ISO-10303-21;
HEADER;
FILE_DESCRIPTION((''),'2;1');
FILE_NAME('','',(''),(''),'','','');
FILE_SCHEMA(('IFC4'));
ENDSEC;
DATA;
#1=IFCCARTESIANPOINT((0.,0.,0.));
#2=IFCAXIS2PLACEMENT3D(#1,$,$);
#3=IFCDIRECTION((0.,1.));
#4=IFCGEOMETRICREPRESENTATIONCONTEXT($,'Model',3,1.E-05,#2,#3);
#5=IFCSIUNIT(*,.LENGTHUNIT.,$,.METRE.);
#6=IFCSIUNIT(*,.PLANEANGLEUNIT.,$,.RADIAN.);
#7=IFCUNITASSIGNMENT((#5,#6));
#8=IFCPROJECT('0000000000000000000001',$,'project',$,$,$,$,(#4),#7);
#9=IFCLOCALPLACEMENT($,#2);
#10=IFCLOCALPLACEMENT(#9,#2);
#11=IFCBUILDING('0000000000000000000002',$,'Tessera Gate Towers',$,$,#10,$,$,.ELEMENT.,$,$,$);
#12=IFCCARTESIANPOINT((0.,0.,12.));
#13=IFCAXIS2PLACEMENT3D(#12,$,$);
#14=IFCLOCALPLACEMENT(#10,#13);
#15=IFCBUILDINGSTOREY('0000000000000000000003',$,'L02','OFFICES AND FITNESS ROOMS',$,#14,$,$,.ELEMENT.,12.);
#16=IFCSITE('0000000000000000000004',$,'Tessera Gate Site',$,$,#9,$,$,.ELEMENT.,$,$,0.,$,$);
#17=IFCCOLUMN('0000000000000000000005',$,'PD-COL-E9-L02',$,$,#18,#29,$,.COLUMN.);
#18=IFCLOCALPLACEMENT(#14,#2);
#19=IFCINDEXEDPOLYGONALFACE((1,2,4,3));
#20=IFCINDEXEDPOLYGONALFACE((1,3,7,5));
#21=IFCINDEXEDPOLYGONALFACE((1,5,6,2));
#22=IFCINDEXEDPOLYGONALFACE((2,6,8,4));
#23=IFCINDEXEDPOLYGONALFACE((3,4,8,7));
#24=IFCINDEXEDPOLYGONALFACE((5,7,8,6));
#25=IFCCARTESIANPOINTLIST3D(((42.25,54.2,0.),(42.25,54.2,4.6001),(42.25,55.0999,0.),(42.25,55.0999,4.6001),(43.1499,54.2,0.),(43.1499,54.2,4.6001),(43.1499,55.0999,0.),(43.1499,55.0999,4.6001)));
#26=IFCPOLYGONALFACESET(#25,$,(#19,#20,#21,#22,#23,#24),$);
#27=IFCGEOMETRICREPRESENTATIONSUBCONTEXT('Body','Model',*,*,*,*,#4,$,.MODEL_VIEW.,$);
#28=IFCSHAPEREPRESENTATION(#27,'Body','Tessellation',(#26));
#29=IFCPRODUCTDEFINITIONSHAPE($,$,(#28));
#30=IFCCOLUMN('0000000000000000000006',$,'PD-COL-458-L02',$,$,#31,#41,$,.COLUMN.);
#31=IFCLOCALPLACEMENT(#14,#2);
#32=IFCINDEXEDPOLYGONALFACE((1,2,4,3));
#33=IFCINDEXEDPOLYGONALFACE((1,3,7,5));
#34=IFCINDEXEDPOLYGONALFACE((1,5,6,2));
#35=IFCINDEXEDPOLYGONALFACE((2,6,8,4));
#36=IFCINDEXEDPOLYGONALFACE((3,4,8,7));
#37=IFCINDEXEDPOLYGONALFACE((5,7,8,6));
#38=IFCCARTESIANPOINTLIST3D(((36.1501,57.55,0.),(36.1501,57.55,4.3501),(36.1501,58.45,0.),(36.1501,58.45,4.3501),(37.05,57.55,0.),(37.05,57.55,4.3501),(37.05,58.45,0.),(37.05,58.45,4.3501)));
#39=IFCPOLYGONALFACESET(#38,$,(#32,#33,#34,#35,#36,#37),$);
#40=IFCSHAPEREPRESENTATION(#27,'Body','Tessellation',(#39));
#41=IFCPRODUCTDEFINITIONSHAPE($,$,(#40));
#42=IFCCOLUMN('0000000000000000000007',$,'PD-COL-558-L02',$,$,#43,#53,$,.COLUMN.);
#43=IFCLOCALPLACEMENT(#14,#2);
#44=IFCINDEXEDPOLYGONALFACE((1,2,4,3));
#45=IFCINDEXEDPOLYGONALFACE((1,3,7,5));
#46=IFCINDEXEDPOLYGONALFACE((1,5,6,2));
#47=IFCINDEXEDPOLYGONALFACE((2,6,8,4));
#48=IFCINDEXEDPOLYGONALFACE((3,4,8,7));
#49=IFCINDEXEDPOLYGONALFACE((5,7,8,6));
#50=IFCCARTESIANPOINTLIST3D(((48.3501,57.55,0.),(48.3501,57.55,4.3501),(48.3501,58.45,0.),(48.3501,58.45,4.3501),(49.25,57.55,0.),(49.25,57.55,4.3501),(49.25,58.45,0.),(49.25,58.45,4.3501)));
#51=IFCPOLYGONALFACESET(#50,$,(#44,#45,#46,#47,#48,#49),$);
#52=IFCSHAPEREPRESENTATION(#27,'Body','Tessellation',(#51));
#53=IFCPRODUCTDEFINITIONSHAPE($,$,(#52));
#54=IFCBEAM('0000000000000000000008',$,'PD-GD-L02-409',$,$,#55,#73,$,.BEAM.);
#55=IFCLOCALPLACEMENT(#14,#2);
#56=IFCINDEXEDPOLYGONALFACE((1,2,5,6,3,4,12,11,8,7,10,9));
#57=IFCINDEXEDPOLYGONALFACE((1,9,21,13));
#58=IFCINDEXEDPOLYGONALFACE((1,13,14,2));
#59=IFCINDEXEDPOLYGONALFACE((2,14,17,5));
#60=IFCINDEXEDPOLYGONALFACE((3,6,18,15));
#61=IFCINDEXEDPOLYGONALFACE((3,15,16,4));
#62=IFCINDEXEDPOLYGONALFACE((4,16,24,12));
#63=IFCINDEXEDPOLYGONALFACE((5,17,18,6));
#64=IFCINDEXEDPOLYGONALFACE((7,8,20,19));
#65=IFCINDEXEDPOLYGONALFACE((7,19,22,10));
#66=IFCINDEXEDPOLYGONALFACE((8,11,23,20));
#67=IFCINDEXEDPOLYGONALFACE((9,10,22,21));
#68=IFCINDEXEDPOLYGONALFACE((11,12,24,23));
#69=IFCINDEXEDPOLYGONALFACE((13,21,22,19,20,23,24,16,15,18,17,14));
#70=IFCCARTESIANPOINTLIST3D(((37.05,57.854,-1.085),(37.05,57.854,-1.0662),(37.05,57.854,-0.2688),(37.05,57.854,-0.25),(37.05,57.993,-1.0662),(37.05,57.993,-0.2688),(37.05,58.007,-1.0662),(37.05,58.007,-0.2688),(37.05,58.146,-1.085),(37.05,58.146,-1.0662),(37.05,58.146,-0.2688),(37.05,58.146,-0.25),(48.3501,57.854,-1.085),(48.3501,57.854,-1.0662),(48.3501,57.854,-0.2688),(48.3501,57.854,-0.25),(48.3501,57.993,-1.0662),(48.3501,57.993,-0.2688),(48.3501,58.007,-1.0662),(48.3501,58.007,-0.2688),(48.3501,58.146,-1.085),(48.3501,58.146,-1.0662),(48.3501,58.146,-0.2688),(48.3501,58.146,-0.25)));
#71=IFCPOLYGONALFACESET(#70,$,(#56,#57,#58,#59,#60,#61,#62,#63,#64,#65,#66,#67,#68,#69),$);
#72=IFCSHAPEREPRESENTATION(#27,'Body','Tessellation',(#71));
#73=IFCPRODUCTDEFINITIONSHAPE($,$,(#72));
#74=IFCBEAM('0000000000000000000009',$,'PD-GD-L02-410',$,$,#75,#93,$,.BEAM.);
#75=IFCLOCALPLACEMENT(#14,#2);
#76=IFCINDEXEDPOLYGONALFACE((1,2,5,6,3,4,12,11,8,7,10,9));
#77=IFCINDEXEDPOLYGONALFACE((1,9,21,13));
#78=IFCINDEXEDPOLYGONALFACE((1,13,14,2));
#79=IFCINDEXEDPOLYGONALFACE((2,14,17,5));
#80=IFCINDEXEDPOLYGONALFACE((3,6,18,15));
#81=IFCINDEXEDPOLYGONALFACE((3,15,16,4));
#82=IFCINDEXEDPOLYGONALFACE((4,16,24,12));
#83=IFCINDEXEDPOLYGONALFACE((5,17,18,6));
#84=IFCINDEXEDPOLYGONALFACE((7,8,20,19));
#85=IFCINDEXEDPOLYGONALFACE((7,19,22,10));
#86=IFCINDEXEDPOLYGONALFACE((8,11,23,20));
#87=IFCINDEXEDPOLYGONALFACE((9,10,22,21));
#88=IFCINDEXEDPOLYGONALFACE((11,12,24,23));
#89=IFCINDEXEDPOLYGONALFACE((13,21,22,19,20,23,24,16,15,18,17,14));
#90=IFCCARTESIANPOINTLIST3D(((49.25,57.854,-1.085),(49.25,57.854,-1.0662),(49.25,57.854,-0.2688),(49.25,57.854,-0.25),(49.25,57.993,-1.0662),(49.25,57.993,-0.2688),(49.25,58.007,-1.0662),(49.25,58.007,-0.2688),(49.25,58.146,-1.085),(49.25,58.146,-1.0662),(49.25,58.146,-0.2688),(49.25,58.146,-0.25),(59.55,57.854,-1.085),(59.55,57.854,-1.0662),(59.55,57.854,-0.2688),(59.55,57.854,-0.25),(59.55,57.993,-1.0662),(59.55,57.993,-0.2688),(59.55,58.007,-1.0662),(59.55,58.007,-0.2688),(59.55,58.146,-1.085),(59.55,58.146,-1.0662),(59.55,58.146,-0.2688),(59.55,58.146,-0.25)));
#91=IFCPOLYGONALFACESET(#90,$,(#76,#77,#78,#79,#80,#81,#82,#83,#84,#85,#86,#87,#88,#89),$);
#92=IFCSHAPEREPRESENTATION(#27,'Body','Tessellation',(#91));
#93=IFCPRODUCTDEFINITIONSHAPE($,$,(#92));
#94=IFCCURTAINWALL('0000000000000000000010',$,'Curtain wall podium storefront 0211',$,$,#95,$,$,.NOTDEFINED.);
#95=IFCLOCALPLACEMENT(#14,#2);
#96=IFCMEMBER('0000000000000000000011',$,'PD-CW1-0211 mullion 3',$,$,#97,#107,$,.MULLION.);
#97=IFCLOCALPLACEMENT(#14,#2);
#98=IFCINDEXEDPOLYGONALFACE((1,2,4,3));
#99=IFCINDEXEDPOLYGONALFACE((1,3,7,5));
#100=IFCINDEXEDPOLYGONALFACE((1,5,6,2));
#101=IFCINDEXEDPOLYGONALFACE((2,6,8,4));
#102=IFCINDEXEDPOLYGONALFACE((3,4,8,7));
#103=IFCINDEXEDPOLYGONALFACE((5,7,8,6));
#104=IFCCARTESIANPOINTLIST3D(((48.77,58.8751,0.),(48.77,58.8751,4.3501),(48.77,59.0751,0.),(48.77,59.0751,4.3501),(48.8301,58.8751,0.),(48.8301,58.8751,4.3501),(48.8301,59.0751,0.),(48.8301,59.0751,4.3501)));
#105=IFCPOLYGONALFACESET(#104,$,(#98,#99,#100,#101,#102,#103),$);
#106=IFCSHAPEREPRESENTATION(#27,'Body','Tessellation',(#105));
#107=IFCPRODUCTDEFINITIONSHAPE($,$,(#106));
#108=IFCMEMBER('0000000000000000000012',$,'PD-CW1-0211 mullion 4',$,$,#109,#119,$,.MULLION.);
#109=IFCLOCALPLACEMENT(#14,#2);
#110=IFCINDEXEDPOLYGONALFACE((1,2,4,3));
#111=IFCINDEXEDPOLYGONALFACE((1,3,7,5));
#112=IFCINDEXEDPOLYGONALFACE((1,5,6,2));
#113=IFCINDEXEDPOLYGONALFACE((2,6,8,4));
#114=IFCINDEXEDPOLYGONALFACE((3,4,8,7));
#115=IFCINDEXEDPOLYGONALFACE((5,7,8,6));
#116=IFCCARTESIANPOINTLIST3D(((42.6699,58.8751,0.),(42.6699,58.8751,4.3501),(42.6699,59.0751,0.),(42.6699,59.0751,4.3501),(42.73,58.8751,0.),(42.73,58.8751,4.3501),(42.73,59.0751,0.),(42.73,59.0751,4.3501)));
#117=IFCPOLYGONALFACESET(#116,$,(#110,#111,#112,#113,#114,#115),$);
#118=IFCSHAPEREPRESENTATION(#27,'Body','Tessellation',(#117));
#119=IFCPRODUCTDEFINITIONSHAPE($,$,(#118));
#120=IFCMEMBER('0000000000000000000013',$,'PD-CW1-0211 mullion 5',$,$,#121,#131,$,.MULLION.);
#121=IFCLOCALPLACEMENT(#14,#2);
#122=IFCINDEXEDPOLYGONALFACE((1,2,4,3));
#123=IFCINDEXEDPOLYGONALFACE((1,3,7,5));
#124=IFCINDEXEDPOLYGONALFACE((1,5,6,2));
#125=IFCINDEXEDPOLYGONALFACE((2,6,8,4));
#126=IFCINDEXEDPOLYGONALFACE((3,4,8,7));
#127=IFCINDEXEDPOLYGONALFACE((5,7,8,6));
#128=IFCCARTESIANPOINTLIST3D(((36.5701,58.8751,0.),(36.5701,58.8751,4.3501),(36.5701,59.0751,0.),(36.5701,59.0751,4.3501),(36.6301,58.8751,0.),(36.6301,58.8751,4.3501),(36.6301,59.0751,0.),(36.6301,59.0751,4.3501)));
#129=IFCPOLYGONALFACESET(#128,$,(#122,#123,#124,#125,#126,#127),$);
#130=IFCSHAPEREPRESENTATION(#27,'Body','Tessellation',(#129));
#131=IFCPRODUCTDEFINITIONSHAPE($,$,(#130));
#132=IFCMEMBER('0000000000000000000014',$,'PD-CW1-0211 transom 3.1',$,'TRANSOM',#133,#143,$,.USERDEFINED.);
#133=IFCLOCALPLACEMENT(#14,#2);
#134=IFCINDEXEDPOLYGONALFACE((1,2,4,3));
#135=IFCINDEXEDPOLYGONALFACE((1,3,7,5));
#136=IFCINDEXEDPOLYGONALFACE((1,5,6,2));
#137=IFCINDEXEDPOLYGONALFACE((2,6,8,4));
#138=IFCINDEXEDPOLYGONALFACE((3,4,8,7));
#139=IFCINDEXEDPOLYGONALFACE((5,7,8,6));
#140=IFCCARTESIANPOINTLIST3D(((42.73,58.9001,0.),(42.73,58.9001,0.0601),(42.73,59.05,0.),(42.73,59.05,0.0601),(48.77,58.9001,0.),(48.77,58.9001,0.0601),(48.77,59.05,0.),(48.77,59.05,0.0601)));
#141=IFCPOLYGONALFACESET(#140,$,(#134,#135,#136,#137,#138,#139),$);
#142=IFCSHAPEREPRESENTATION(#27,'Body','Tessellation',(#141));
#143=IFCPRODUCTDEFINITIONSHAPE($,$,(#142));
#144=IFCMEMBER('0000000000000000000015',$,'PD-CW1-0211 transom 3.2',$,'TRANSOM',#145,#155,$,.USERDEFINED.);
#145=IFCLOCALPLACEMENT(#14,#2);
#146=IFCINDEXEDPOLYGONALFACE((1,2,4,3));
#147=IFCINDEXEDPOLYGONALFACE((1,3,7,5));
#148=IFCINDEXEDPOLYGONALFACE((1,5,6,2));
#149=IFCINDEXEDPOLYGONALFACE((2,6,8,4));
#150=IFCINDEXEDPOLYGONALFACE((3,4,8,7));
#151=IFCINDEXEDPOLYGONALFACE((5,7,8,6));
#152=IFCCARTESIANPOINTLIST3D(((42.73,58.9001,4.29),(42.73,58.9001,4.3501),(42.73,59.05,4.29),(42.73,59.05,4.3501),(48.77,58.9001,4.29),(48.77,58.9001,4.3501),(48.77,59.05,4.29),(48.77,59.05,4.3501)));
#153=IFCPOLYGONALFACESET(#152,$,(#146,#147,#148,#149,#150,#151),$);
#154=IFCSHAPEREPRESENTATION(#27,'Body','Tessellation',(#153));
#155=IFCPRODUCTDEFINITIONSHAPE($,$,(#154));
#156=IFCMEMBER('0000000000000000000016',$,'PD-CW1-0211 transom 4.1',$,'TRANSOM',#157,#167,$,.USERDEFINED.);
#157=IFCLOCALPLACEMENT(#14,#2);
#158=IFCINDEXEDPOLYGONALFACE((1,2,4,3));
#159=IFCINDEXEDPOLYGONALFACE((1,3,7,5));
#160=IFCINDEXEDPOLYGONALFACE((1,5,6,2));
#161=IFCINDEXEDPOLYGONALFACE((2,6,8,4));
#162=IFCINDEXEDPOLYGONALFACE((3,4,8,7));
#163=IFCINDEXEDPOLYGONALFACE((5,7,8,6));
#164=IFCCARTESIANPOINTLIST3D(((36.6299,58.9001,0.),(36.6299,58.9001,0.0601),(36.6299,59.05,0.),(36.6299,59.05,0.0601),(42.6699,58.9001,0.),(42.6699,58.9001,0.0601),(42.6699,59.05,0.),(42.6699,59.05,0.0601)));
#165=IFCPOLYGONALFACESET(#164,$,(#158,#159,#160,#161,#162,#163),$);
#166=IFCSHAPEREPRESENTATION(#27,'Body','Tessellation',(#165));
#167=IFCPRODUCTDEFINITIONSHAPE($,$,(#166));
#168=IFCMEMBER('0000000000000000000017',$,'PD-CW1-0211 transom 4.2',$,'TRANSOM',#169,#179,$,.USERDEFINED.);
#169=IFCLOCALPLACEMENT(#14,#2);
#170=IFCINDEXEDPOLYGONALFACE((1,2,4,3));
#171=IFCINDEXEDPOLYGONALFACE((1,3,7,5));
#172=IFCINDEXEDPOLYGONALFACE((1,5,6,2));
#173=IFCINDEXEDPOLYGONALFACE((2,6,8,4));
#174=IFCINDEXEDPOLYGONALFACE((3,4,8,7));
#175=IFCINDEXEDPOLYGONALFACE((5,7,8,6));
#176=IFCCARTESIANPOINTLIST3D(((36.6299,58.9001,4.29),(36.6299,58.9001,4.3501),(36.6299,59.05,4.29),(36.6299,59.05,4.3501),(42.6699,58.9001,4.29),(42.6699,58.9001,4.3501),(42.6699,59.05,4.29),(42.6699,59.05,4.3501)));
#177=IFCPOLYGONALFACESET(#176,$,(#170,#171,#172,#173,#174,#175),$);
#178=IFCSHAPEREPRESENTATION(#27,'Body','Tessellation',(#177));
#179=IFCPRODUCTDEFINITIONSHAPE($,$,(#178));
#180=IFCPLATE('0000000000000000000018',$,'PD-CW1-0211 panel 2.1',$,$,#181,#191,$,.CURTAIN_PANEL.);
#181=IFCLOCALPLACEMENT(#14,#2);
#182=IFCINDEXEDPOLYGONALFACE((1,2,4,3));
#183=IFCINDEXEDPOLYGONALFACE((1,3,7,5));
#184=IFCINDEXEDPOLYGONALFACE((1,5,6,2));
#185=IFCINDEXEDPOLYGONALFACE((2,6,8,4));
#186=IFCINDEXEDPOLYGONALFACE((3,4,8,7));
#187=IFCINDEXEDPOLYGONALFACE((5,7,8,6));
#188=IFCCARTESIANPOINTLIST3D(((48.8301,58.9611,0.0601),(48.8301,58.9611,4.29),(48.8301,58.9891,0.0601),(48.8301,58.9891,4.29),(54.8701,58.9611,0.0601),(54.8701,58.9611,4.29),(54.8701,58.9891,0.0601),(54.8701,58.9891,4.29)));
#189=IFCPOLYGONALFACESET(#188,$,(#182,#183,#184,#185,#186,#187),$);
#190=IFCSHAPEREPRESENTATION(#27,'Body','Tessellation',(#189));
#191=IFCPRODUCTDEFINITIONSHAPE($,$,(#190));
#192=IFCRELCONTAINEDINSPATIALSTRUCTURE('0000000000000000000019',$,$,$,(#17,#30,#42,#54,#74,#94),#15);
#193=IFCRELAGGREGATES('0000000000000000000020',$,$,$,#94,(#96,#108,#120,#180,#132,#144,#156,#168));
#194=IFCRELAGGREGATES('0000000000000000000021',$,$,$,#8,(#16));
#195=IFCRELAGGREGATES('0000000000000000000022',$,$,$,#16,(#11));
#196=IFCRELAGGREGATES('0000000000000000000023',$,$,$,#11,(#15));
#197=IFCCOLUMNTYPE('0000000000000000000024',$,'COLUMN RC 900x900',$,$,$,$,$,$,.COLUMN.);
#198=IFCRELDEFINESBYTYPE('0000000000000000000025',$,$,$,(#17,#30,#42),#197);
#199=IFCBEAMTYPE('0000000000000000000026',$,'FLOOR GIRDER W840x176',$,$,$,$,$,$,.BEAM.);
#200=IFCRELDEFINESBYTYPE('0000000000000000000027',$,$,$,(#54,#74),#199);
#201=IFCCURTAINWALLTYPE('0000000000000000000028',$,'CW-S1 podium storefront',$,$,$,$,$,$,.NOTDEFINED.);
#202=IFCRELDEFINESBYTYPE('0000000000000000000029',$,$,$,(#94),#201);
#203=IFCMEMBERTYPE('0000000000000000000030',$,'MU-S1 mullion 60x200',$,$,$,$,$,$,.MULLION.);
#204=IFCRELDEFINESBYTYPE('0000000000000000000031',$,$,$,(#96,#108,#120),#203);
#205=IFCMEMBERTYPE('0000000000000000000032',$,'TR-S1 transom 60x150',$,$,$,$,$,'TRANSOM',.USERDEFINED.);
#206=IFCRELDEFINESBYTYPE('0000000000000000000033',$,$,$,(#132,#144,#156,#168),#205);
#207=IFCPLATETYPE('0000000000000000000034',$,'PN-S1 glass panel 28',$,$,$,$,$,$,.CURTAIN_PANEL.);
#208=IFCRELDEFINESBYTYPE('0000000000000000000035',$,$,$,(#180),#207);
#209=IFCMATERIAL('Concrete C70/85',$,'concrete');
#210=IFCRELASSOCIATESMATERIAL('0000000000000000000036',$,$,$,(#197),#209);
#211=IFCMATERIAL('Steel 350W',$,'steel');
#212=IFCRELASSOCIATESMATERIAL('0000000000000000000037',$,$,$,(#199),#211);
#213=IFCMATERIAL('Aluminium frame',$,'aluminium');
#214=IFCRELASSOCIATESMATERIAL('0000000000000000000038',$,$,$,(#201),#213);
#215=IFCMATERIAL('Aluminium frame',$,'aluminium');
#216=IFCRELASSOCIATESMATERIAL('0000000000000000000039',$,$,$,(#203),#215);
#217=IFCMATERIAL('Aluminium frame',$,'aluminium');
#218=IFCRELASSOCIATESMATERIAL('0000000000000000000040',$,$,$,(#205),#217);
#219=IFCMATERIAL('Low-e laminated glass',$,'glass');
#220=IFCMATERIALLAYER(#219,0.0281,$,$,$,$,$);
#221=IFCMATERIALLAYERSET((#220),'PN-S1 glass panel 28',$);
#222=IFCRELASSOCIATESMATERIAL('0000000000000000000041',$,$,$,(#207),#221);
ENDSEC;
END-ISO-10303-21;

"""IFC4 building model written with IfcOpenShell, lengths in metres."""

from ifc_helpers import new_model, si_unit, direction, frame, origin, origin_2d, place, context, subcontext, project, spatial, rectangle, i_section, extrude, material, layer, layer_set, material_profile, profile_set, type_object, element, aggregate, save


model = new_model("IFC4")

# Units and contexts
model_context = context("Model", 3, precision=1e-05, world=origin(), true_north=direction((0.0, 1.0)))
body_context = subcontext(model_context, "Body", "Model", "MODEL_VIEW")
ifc_project = project(units=[si_unit("LENGTHUNIT", "METRE"), si_unit("PLANEANGLEUNIT", "RADIAN")], contexts=[model_context])

# Site, building, storey
site_placement = place(None, origin())
site = spatial("IfcSite", under=ifc_project, at=site_placement, Name="Tessera Gate Site", CompositionType="ELEMENT", RefElevation=0.0)
building_placement = place(site_placement, origin())
building = spatial("IfcBuilding", under=site, at=building_placement, Name="Tessera Gate Towers", CompositionType="ELEMENT")
storey_placement = place(building_placement, frame((0.0, 0.0, 12.0)))
storey = spatial("IfcBuildingStorey", under=building, at=storey_placement, Name="L02", Description="OFFICES AND FITNESS ROOMS", CompositionType="ELEMENT", Elevation=12.0)

# Columns
ifc_material_1 = material(Name="Concrete C70/85", Category="concrete")
ifc_material_profile_1 = material_profile(ifc_material_1, rectangle(XDim=0.8999, YDim=0.8999, at=origin_2d()), Name="RC 900x900")
ifc_profile_set_1 = profile_set([ifc_material_profile_1], Name="Concrete C70/85")
column_type = type_object("IfcColumnType", Name="COLUMN RC 900x900", PredefinedType="COLUMN", material=ifc_profile_set_1)
column_placement = place(storey_placement, frame((42.7, 54.6499, 0.0), z_axis=(0.0, 0.0, 1.0), x_axis=(1.0, 0.0, 0.0)))
element("IfcColumn", 1, at=column_placement, inside=storey, type_object=column_type, Name="PD-COL-E9-L02", PredefinedType="COLUMN", context=body_context, shape_type="SweptSolid", body=[
    extrude(rectangle(XDim=0.8999, YDim=0.8999, at=origin_2d()), origin(), (0.0, 0.0, 1.0), 4.6001),
])
for number, where, z_axis, x_axis, name in (
    (2, (36.6001, 58.0, 0.0), (0.0, 0.0, 1.0), (1.0, 0.0, 0.0), "PD-COL-458-L02"),
    (3, (48.8, 58.0, 0.0), (0.0, 0.0, 1.0), (1.0, 0.0, 0.0), "PD-COL-558-L02"),
):
    element("IfcColumn", number, at=place(storey_placement, frame(where, z_axis=z_axis, x_axis=x_axis)), inside=storey, type_object=column_type, Name=name, PredefinedType="COLUMN", context=body_context, shape_type="SweptSolid", body=[
        extrude(rectangle(XDim=0.8999, YDim=0.8999, at=origin_2d()), origin(), (0.0, 0.0, 1.0), 4.3501),
    ])

# Beams
ifc_material_2 = material(Name="Steel 350W", Category="steel")
ifc_material_profile_2 = material_profile(ifc_material_2, i_section(OverallWidth=0.292, OverallDepth=0.835, WebThickness=0.0139, FlangeThickness=0.0188, at=origin_2d()), Name="W840x176")
ifc_profile_set_2 = profile_set([ifc_material_profile_2], Name="Steel 350W")
beam_type = type_object("IfcBeamType", Name="FLOOR GIRDER W840x176", PredefinedType="BEAM", material=ifc_profile_set_2)
beam_1_placement = place(storey_placement, frame((37.05, 58.0, -0.6675), z_axis=(1.0, 0.0, 0.0), x_axis=(0.0, 1.0, 0.0)))
element("IfcBeam", 4, at=beam_1_placement, inside=storey, type_object=beam_type, Name="PD-GD-L02-409", PredefinedType="BEAM", context=body_context, shape_type="SweptSolid", body=[
    extrude(i_section(OverallWidth=0.292, OverallDepth=0.835, WebThickness=0.0139, FlangeThickness=0.0188, at=origin_2d()), origin(), (0.0, 0.0, 1.0), 11.3),
])
beam_2_placement = place(storey_placement, frame((49.25, 58.0, -0.6675), z_axis=(1.0, 0.0, 0.0), x_axis=(0.0, 1.0, 0.0)))
element("IfcBeam", 5, at=beam_2_placement, inside=storey, type_object=beam_type, Name="PD-GD-L02-410", PredefinedType="BEAM", context=body_context, shape_type="SweptSolid", body=[
    extrude(i_section(OverallWidth=0.292, OverallDepth=0.835, WebThickness=0.0139, FlangeThickness=0.0188, at=origin_2d()), origin(), (0.0, 0.0, 1.0), 10.3),
])

# Curtain wall, members, plate
ifc_material_3 = material(Name="Aluminium frame", Category="aluminium")
curtain_wall_type = type_object("IfcCurtainWallType", Name="CW-S1 podium storefront", PredefinedType="NOTDEFINED", material=ifc_material_3)
curtain_wall_placement = place(storey_placement, origin())
curtain_wall = element("IfcCurtainWall", 6, at=curtain_wall_placement, inside=storey, type_object=curtain_wall_type, Name="Curtain wall podium storefront 0211", PredefinedType="NOTDEFINED")
ifc_material_4 = material(Name="Aluminium frame", Category="aluminium")
ifc_material_profile_3 = material_profile(ifc_material_4, rectangle(XDim=0.0601, YDim=0.2, at=origin_2d()), Name="AL 60x200")
ifc_profile_set_3 = profile_set([ifc_material_profile_3], Name="Aluminium frame")
member_type_1 = type_object("IfcMemberType", Name="MU-S1 mullion 60x200", PredefinedType="MULLION", material=ifc_profile_set_3)
member_1_placement = place(storey_placement, frame((48.8, 58.9751, 0.0), z_axis=(0.0, 0.0, 1.0), x_axis=(-1.0, 0.0, 0.0)))
member_1 = element("IfcMember", 7, at=member_1_placement, type_object=member_type_1, Name="PD-CW1-0211 mullion 3", PredefinedType="MULLION", context=body_context, shape_type="SweptSolid", body=[
    extrude(rectangle(XDim=0.0601, YDim=0.2, at=origin_2d()), origin(), (0.0, 0.0, 1.0), 4.3501),
])
member_2_placement = place(storey_placement, frame((42.7, 58.9751, 0.0), z_axis=(0.0, 0.0, 1.0), x_axis=(-1.0, 0.0, 0.0)))
member_2 = element("IfcMember", 8, at=member_2_placement, type_object=member_type_1, Name="PD-CW1-0211 mullion 4", PredefinedType="MULLION", context=body_context, shape_type="SweptSolid", body=[
    extrude(rectangle(XDim=0.0601, YDim=0.2, at=origin_2d()), origin(), (0.0, 0.0, 1.0), 4.3501),
])
member_3_placement = place(storey_placement, frame((36.6001, 58.9751, 0.0), z_axis=(0.0, 0.0, 1.0), x_axis=(-1.0, 0.0, 0.0)))
member_3 = element("IfcMember", 9, at=member_3_placement, type_object=member_type_1, Name="PD-CW1-0211 mullion 5", PredefinedType="MULLION", context=body_context, shape_type="SweptSolid", body=[
    extrude(rectangle(XDim=0.0601, YDim=0.2, at=origin_2d()), origin(), (0.0, 0.0, 1.0), 4.3501),
])
ifc_material_5 = material(Name="Aluminium frame", Category="aluminium")
ifc_material_profile_4 = material_profile(ifc_material_5, rectangle(XDim=0.1499, YDim=0.0601, at=origin_2d()), Name="AL 60x150")
ifc_profile_set_4 = profile_set([ifc_material_profile_4], Name="Aluminium frame")
member_type_2 = type_object("IfcMemberType", Name="TR-S1 transom 60x150", ElementType="TRANSOM", PredefinedType="USERDEFINED", material=ifc_profile_set_4)
member_4_placement = place(storey_placement, frame((48.77, 58.9751, 0.03), z_axis=(-1.0, 0.0, 0.0), x_axis=(0.0, -1.0, 0.0)))
member_4 = element("IfcMember", 10, at=member_4_placement, type_object=member_type_2, Name="PD-CW1-0211 transom 3.1", ObjectType="TRANSOM", PredefinedType="USERDEFINED", context=body_context, shape_type="SweptSolid", body=[
    extrude(rectangle(XDim=0.1499, YDim=0.0601, at=origin_2d()), origin(), (0.0, 0.0, 1.0), 6.04),
])
member_5_placement = place(storey_placement, frame((48.77, 58.9751, 4.3201), z_axis=(-1.0, 0.0, 0.0), x_axis=(0.0, -1.0, 0.0)))
member_5 = element("IfcMember", 11, at=member_5_placement, type_object=member_type_2, Name="PD-CW1-0211 transom 3.2", ObjectType="TRANSOM", PredefinedType="USERDEFINED", context=body_context, shape_type="SweptSolid", body=[
    extrude(rectangle(XDim=0.1499, YDim=0.0601, at=origin_2d()), origin(), (0.0, 0.0, 1.0), 6.04),
])
member_6_placement = place(storey_placement, frame((42.6699, 58.9751, 0.03), z_axis=(-1.0, 0.0, 0.0), x_axis=(0.0, -1.0, 0.0)))
member_6 = element("IfcMember", 12, at=member_6_placement, type_object=member_type_2, Name="PD-CW1-0211 transom 4.1", ObjectType="TRANSOM", PredefinedType="USERDEFINED", context=body_context, shape_type="SweptSolid", body=[
    extrude(rectangle(XDim=0.1499, YDim=0.0601, at=origin_2d()), origin(), (0.0, 0.0, 1.0), 6.04),
])
member_7_placement = place(storey_placement, frame((42.6699, 58.9751, 4.3201), z_axis=(-1.0, 0.0, 0.0), x_axis=(0.0, -1.0, 0.0)))
member_7 = element("IfcMember", 13, at=member_7_placement, type_object=member_type_2, Name="PD-CW1-0211 transom 4.2", ObjectType="TRANSOM", PredefinedType="USERDEFINED", context=body_context, shape_type="SweptSolid", body=[
    extrude(rectangle(XDim=0.1499, YDim=0.0601, at=origin_2d()), origin(), (0.0, 0.0, 1.0), 6.04),
])
ifc_material_6 = material(Name="Low-e laminated glass", Category="glass")
ifc_layer_1 = layer(ifc_material_6, 0.0281)
ifc_layer_set_1 = layer_set([ifc_layer_1], Name="PN-S1 glass panel 28")
plate_type = type_object("IfcPlateType", Name="PN-S1 glass panel 28", PredefinedType="CURTAIN_PANEL", material=ifc_layer_set_1)
plate_1_placement = place(storey_placement, frame((51.8501, 58.9751, 0.0601), z_axis=(0.0, 0.0, 1.0), x_axis=(-1.0, 0.0, 0.0)))
plate_1 = element("IfcPlate", 14, at=plate_1_placement, type_object=plate_type, Name="PD-CW1-0211 panel 2.1", PredefinedType="CURTAIN_PANEL", context=body_context, shape_type="SweptSolid", body=[
    extrude(rectangle(XDim=6.04, YDim=0.0281, at=origin_2d()), origin(), (0.0, 0.0, 1.0), 4.23),
])
aggregate(curtain_wall, [member_1, member_2, member_3, plate_1, member_4, member_5, member_6, member_7])

save(model, "model.ifc")
